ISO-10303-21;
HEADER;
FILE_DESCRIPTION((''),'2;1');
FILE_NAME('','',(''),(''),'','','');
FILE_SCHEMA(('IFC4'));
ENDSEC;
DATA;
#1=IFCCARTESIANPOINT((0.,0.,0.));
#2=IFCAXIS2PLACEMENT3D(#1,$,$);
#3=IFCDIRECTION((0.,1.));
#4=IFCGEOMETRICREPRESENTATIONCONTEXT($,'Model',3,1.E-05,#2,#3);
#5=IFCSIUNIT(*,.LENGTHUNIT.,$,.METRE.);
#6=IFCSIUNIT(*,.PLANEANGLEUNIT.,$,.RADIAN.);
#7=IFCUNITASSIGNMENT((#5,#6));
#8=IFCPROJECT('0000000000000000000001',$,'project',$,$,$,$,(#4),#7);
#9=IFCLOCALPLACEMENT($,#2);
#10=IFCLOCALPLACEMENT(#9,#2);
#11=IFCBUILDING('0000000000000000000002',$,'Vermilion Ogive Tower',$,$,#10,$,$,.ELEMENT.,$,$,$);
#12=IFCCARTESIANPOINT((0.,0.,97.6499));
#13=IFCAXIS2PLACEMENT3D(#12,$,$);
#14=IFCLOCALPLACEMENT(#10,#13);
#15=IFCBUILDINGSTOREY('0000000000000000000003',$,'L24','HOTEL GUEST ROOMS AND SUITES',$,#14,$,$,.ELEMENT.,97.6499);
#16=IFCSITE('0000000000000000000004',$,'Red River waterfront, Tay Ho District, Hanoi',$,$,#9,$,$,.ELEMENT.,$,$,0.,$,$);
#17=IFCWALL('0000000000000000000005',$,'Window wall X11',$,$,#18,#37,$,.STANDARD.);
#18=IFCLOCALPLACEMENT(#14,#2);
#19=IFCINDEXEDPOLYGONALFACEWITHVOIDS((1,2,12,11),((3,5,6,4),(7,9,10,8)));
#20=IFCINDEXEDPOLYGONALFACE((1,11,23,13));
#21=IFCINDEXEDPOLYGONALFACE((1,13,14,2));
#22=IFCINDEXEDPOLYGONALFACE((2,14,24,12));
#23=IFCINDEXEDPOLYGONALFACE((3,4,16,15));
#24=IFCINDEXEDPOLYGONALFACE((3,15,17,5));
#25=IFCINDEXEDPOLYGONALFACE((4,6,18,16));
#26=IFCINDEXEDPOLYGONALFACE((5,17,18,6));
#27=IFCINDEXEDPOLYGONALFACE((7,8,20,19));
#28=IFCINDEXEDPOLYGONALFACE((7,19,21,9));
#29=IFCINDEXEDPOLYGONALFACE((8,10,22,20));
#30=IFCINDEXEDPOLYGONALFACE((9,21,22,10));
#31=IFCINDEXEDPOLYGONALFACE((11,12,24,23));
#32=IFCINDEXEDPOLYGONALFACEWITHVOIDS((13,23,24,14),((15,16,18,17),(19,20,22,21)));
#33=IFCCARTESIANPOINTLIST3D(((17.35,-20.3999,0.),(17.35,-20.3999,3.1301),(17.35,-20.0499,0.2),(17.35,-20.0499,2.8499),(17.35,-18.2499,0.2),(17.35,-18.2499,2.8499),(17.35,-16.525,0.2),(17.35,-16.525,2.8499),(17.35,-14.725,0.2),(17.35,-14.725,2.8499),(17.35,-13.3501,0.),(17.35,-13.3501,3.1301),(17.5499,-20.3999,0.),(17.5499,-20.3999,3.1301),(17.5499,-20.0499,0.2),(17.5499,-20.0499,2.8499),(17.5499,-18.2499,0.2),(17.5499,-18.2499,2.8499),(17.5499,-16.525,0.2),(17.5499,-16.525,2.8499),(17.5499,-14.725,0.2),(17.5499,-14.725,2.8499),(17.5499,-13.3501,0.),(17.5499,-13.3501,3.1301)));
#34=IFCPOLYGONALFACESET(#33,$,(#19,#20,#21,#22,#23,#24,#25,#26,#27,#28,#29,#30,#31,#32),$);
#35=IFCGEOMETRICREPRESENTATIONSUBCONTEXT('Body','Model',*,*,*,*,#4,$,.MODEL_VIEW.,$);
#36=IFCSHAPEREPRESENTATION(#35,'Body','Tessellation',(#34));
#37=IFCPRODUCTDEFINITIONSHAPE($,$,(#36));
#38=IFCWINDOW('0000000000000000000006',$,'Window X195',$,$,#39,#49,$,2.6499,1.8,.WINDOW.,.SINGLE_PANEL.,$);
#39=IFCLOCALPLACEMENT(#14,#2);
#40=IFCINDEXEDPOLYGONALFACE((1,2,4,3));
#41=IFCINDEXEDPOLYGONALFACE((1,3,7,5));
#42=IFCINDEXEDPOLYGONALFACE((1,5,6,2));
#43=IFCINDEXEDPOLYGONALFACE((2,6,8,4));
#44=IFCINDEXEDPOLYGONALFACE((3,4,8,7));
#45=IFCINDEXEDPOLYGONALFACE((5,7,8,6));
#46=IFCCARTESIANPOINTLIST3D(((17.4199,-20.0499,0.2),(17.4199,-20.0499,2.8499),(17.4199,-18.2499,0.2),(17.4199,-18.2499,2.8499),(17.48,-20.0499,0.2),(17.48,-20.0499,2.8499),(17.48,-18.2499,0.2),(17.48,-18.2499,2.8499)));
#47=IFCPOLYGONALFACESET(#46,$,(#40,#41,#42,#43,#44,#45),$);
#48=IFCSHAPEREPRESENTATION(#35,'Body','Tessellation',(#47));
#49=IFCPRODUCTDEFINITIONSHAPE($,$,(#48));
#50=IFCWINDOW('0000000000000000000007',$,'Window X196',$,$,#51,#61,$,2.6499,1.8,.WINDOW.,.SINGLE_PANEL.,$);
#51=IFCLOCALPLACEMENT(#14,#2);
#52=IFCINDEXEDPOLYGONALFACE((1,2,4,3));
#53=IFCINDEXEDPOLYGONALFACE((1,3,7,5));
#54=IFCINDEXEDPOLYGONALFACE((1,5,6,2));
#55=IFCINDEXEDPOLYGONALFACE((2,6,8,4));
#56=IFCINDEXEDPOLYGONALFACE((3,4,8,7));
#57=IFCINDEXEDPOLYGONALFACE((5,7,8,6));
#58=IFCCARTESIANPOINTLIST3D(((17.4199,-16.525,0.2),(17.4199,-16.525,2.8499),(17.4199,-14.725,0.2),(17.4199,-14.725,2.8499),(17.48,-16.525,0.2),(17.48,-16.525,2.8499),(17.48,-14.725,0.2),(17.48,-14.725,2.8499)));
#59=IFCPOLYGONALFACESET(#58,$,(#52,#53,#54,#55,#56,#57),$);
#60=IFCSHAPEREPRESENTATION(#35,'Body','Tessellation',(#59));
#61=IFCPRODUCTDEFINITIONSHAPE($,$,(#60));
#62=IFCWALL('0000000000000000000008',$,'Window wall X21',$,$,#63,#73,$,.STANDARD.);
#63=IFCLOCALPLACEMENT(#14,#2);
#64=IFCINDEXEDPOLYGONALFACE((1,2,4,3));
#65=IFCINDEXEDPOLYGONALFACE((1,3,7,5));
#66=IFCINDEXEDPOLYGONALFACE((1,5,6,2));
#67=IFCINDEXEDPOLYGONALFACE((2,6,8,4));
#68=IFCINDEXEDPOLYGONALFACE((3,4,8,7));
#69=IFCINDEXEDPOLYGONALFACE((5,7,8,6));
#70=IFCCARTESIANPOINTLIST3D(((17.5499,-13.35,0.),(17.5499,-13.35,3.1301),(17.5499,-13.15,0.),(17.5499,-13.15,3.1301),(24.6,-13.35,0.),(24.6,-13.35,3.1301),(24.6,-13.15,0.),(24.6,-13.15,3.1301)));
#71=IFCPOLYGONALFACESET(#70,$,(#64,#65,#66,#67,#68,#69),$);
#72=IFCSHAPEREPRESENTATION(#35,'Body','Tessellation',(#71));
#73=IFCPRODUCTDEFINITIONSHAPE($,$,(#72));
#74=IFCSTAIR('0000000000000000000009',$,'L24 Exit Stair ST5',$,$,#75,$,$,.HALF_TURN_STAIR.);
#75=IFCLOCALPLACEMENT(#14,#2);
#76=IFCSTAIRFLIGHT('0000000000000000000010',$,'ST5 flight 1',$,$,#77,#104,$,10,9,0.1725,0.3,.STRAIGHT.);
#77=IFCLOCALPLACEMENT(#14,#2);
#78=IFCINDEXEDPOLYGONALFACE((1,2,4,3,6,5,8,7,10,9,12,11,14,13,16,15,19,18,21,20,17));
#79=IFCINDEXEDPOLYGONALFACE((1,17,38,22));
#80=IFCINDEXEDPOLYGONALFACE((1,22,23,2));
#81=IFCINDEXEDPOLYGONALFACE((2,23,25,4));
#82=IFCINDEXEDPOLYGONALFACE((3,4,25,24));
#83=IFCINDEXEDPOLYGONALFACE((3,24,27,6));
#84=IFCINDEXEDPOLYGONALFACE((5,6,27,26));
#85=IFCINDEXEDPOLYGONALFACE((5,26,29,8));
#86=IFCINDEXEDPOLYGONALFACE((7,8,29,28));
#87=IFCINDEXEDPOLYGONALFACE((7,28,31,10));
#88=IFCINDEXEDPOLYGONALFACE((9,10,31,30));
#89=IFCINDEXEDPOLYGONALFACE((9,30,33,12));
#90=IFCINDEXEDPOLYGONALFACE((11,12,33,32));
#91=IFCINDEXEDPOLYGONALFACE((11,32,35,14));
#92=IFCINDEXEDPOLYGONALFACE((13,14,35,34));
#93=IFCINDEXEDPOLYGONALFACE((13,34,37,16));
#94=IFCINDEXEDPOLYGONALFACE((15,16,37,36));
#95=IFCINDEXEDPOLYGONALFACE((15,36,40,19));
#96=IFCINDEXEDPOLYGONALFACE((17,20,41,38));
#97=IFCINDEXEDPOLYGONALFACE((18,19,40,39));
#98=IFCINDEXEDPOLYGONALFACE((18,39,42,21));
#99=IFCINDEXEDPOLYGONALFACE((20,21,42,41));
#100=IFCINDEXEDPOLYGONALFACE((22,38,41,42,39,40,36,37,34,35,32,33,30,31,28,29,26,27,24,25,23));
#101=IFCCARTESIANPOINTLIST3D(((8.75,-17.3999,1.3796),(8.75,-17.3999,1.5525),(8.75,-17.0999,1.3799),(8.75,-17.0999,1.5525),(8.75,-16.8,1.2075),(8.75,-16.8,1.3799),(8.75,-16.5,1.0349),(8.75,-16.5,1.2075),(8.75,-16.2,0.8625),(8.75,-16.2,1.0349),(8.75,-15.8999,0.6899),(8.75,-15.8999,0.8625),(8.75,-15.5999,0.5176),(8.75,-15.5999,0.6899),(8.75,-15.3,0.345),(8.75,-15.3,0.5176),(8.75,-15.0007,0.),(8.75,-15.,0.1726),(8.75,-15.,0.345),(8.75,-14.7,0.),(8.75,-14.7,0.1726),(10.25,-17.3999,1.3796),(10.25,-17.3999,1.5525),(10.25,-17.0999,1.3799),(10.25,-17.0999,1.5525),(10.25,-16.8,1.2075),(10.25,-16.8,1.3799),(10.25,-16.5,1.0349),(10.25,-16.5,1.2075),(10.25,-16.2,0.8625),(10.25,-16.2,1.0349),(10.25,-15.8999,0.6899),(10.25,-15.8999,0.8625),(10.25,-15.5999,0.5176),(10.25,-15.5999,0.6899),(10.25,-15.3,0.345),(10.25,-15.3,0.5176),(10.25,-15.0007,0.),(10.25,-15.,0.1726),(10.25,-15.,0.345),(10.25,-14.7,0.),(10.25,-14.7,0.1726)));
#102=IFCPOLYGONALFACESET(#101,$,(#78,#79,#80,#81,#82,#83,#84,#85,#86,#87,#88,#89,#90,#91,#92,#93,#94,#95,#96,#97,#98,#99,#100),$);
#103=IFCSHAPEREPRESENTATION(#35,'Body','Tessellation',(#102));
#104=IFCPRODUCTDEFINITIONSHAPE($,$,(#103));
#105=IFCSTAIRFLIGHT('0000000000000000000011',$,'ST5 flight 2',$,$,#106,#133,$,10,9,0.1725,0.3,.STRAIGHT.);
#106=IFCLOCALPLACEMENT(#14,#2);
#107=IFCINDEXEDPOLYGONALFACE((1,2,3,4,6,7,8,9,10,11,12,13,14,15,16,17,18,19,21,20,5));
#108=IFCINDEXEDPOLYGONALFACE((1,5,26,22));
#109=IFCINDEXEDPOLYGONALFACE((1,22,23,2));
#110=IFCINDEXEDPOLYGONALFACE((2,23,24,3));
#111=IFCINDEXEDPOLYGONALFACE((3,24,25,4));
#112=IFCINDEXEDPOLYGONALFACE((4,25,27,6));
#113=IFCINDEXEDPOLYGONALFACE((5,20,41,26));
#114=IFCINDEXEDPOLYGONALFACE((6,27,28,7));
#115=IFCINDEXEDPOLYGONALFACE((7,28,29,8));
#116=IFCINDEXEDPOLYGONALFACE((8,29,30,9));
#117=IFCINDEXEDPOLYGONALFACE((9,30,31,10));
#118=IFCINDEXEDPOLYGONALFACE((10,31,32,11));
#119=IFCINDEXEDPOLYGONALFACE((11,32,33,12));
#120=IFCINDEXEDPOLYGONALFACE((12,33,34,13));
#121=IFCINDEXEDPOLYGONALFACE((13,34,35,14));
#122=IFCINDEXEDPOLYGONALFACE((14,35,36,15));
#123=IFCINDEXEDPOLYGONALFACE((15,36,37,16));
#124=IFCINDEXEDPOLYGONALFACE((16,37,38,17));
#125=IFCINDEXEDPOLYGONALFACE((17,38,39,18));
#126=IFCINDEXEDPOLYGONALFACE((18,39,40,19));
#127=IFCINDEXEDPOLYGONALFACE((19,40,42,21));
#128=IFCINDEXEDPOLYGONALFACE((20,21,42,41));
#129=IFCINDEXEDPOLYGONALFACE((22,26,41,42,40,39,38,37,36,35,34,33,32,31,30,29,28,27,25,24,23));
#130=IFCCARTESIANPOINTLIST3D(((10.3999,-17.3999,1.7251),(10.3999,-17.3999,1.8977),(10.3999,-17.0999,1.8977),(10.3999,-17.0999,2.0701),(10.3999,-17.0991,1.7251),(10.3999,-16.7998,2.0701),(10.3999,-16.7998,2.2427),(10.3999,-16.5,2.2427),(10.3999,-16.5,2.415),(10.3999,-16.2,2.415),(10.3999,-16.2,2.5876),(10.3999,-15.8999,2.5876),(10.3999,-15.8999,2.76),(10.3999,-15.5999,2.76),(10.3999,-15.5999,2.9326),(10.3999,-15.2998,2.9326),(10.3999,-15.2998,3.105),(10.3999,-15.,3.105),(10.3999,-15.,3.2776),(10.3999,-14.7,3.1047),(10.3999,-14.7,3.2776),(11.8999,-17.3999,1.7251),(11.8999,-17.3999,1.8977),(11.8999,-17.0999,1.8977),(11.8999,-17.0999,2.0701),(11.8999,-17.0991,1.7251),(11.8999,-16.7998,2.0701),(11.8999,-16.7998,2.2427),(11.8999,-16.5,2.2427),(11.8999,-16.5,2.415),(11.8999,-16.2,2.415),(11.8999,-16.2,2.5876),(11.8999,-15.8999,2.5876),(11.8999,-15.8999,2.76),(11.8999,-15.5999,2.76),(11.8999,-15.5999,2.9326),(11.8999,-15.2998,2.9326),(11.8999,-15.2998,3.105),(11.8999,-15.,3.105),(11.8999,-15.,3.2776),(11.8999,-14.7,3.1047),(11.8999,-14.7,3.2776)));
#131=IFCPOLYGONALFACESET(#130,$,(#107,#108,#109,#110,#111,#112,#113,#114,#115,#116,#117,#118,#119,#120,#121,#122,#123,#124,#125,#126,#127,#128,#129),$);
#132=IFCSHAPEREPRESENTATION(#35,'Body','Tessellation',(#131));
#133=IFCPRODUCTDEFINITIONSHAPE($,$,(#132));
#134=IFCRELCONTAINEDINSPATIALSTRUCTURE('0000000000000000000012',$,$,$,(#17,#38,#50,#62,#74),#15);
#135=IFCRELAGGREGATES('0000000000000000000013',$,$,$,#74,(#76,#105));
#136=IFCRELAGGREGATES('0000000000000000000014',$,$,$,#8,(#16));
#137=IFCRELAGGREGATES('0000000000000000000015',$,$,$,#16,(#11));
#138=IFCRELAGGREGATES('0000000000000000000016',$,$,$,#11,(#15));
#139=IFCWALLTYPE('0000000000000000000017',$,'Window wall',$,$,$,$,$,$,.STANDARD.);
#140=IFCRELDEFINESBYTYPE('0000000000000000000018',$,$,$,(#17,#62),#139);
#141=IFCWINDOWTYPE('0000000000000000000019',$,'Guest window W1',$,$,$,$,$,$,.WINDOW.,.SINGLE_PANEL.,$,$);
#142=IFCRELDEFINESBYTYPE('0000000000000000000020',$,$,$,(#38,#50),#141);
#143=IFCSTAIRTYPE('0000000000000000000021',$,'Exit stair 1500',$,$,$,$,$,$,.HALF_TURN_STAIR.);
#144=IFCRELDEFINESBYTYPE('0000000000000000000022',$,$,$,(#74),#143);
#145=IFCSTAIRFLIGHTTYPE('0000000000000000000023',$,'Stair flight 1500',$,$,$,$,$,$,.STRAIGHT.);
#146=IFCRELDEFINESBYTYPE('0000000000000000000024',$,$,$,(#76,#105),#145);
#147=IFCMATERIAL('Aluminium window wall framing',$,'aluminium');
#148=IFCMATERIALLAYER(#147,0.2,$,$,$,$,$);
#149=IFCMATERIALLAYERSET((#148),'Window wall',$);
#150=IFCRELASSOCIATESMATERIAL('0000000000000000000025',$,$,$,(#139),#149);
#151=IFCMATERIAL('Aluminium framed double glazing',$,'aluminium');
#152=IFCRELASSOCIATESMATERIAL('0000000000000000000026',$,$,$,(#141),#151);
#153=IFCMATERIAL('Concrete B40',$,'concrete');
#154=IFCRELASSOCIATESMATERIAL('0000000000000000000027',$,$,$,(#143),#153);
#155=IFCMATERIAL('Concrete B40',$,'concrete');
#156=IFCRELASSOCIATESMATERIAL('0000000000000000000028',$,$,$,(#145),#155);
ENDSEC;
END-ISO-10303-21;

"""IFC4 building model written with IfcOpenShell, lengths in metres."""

from ifc_helpers import new_model, si_unit, direction, frame, frame_2d, origin, place, context, subcontext, project, spatial, polyline, rectangle, outline, extrude, material, layer, layer_set, type_object, element, fill, aggregate, save


model = new_model("IFC4")

# Units and contexts
model_context = context("Model", 3, precision=1e-05, world=origin(), true_north=direction((0.0, 1.0)))
body_context = subcontext(model_context, "Body", "Model", "MODEL_VIEW")
ifc_project = project(units=[si_unit("LENGTHUNIT", "METRE"), si_unit("PLANEANGLEUNIT", "RADIAN")], contexts=[model_context])

# Site, building, storey
site_placement = place(None, origin())
site = spatial("IfcSite", under=ifc_project, at=site_placement, Name="Red River waterfront, Tay Ho District, Hanoi", CompositionType="ELEMENT", RefElevation=0.0)
building_placement = place(site_placement, origin())
building = spatial("IfcBuilding", under=site, at=building_placement, Name="Vermilion Ogive Tower", CompositionType="ELEMENT")
storey_placement = place(building_placement, frame((0.0, 0.0, 97.6499)))
storey = spatial("IfcBuildingStorey", under=building, at=storey_placement, Name="L24", Description="HOTEL GUEST ROOMS AND SUITES", CompositionType="ELEMENT", Elevation=97.6499)

# Wall, openings, windows
ifc_material_1 = material(Name="Aluminium window wall framing", Category="aluminium")
ifc_layer_1 = layer(ifc_material_1, 0.2)
ifc_layer_set_1 = layer_set([ifc_layer_1], Name="Window wall")
wall_type_1 = type_object("IfcWallType", Name="Window wall", PredefinedType="STANDARD", material=ifc_layer_set_1)
wall_1_placement = place(storey_placement, frame((17.45, -20.3999, 0.0), z_axis=(0.0, 0.0, 1.0), x_axis=(0.0, 1.0, 0.0)))
wall_1 = element("IfcWall", 1, at=wall_1_placement, inside=storey, type_object=wall_type_1, Name="Window wall X11", PredefinedType="STANDARD", context=body_context, shape_type="SweptSolid", body=[
    extrude(rectangle(XDim=7.0498, YDim=0.2, at=frame_2d((3.5249, 0.0))), origin(), (0.0, 0.0, 1.0), 3.1301),
])
opening_1_placement = place(wall_1_placement, frame((0.3501, 0.0, 0.2)))
opening_1 = element("IfcOpeningElement", 2, at=opening_1_placement, cuts=wall_1, PredefinedType="OPENING", context=body_context, shape_type="SweptSolid", body=[
    extrude(rectangle(XDim=1.8, YDim=2.6499, at=frame_2d((0.8999, 1.325))), frame((0.0, 0.1099, 0.0), z_axis=(0.0, -1.0, 0.0), x_axis=(1.0, 0.0, 0.0)), (0.0, 0.0, 1.0), 0.22),
])
opening_2_placement = place(wall_1_placement, frame((3.875, 0.0, 0.2)))
opening_2 = element("IfcOpeningElement", 3, at=opening_2_placement, cuts=wall_1, PredefinedType="OPENING", context=body_context, shape_type="SweptSolid", body=[
    extrude(rectangle(XDim=1.8, YDim=2.6499, at=frame_2d((0.8999, 1.325))), frame((0.0, 0.1099, 0.0), z_axis=(0.0, -1.0, 0.0), x_axis=(1.0, 0.0, 0.0)), (0.0, 0.0, 1.0), 0.22),
])
ifc_material_2 = material(Name="Aluminium framed double glazing", Category="aluminium")
window_type = type_object("IfcWindowType", Name="Guest window W1", PartitioningType="SINGLE_PANEL", PredefinedType="WINDOW", material=ifc_material_2)
window_1_placement = place(opening_1_placement, origin())
window_1 = element("IfcWindow", 4, at=window_1_placement, inside=storey, type_object=window_type, Name="Window X195", OverallHeight=2.6499, OverallWidth=1.8, PartitioningType="SINGLE_PANEL", PredefinedType="WINDOW", context=body_context, shape_type="SweptSolid", body=[
    extrude(rectangle(XDim=1.8, YDim=2.6499, at=frame_2d((0.8999, 1.325))), frame((0.0, 0.03, 0.0), z_axis=(0.0, -1.0, 0.0), x_axis=(1.0, 0.0, 0.0)), (0.0, 0.0, 1.0), 0.0601),
])
fill(opening_1, window_1)
window_2_placement = place(opening_2_placement, origin())
window_2 = element("IfcWindow", 5, at=window_2_placement, inside=storey, type_object=window_type, Name="Window X196", OverallHeight=2.6499, OverallWidth=1.8, PartitioningType="SINGLE_PANEL", PredefinedType="WINDOW", context=body_context, shape_type="SweptSolid", body=[
    extrude(rectangle(XDim=1.8, YDim=2.6499, at=frame_2d((0.8999, 1.325))), frame((0.0, 0.03, 0.0), z_axis=(0.0, -1.0, 0.0), x_axis=(1.0, 0.0, 0.0)), (0.0, 0.0, 1.0), 0.0601),
])
fill(opening_2, window_2)

# Wall
wall_2_placement = place(storey_placement, frame((17.55, -13.25, 0.0), z_axis=(0.0, 0.0, 1.0), x_axis=(1.0, 0.0, 0.0)))
element("IfcWall", 6, at=wall_2_placement, inside=storey, type_object=wall_type_1, Name="Window wall X21", PredefinedType="STANDARD", context=body_context, shape_type="SweptSolid", body=[
    extrude(rectangle(XDim=7.05, YDim=0.2, at=frame_2d((3.5249, 0.0))), origin(), (0.0, 0.0, 1.0), 3.1301),
])

# Stair, stair flights
ifc_material_3 = material(Name="Concrete B40", Category="concrete")
stair_type = type_object("IfcStairType", Name="Exit stair 1500", PredefinedType="HALF_TURN_STAIR", material=ifc_material_3)
stair_placement = place(storey_placement, origin())
stair = element("IfcStair", 7, at=stair_placement, inside=storey, type_object=stair_type, Name="L24 Exit Stair ST5", PredefinedType="HALF_TURN_STAIR")
ifc_material_4 = material(Name="Concrete B40", Category="concrete")
stair_flight_type = type_object("IfcStairFlightType", Name="Stair flight 1500", PredefinedType="STRAIGHT", material=ifc_material_4)
stair_flight_1_placement = place(storey_placement, frame((9.5, -14.7, 0.0), z_axis=(0.0, 0.0, 1.0), x_axis=(0.0, -1.0, 0.0)))
stair_flight_1 = element("IfcStairFlight", 8, at=stair_flight_1_placement, type_object=stair_flight_type, Name="ST5 flight 1", NumberOfRisers=10, NumberOfTreads=9, PredefinedType="STRAIGHT", RiserHeight=0.1725, TreadLength=0.3, context=body_context, shape_type="SweptSolid", body=[
    extrude(outline(polyline([(0.0, 0.0), (0.0, 0.1726), (0.3, 0.1726), (0.3, 0.345), (0.6001, 0.345), (0.6001, 0.5176), (0.8999, 0.5176), (0.8999, 0.6899), (1.2, 0.6899), (1.2, 0.8625), (1.5, 0.8625), (1.5, 1.0349), (1.8, 1.0349), (1.8, 1.2075), (2.1001, 1.2075), (2.1001, 1.3799), (2.3999, 1.3799), (2.3999, 1.5525), (2.7, 1.5525), (2.7, 1.7251), (2.7, 1.3796), (0.3008, 0.0), (0.0, 0.0)])), frame((0.0, 0.75, 0.0), z_axis=(0.0, -1.0, 0.0), x_axis=(1.0, 0.0, 0.0)), (0.0, 0.0, 1.0), 1.5),
])
stair_flight_2_placement = place(storey_placement, frame((11.1499, -17.3999, 1.7251), z_axis=(0.0, 0.0, 1.0), x_axis=(0.0, 1.0, 0.0)))
stair_flight_2 = element("IfcStairFlight", 9, at=stair_flight_2_placement, type_object=stair_flight_type, Name="ST5 flight 2", NumberOfRisers=10, NumberOfTreads=9, PredefinedType="STRAIGHT", RiserHeight=0.1725, TreadLength=0.3, context=body_context, shape_type="SweptSolid", body=[
    extrude(outline(polyline([(0.0, 0.0), (0.0, 0.1726), (0.3, 0.1726), (0.3, 0.345), (0.6001, 0.345), (0.6001, 0.5176), (0.8999, 0.5176), (0.8999, 0.6899), (1.2, 0.6899), (1.2, 0.8625), (1.5, 0.8625), (1.5, 1.0349), (1.8, 1.0349), (1.8, 1.2075), (2.1001, 1.2075), (2.1001, 1.3799), (2.3999, 1.3799), (2.3999, 1.5525), (2.7, 1.5525), (2.7, 1.7251), (2.7, 1.3796), (0.3008, 0.0), (0.0, 0.0)])), frame((0.0, 0.75, 0.0), z_axis=(0.0, -1.0, 0.0), x_axis=(1.0, 0.0, 0.0)), (0.0, 0.0, 1.0), 1.5),
])
aggregate(stair, [stair_flight_1, stair_flight_2])

save(model, "model.ifc")
